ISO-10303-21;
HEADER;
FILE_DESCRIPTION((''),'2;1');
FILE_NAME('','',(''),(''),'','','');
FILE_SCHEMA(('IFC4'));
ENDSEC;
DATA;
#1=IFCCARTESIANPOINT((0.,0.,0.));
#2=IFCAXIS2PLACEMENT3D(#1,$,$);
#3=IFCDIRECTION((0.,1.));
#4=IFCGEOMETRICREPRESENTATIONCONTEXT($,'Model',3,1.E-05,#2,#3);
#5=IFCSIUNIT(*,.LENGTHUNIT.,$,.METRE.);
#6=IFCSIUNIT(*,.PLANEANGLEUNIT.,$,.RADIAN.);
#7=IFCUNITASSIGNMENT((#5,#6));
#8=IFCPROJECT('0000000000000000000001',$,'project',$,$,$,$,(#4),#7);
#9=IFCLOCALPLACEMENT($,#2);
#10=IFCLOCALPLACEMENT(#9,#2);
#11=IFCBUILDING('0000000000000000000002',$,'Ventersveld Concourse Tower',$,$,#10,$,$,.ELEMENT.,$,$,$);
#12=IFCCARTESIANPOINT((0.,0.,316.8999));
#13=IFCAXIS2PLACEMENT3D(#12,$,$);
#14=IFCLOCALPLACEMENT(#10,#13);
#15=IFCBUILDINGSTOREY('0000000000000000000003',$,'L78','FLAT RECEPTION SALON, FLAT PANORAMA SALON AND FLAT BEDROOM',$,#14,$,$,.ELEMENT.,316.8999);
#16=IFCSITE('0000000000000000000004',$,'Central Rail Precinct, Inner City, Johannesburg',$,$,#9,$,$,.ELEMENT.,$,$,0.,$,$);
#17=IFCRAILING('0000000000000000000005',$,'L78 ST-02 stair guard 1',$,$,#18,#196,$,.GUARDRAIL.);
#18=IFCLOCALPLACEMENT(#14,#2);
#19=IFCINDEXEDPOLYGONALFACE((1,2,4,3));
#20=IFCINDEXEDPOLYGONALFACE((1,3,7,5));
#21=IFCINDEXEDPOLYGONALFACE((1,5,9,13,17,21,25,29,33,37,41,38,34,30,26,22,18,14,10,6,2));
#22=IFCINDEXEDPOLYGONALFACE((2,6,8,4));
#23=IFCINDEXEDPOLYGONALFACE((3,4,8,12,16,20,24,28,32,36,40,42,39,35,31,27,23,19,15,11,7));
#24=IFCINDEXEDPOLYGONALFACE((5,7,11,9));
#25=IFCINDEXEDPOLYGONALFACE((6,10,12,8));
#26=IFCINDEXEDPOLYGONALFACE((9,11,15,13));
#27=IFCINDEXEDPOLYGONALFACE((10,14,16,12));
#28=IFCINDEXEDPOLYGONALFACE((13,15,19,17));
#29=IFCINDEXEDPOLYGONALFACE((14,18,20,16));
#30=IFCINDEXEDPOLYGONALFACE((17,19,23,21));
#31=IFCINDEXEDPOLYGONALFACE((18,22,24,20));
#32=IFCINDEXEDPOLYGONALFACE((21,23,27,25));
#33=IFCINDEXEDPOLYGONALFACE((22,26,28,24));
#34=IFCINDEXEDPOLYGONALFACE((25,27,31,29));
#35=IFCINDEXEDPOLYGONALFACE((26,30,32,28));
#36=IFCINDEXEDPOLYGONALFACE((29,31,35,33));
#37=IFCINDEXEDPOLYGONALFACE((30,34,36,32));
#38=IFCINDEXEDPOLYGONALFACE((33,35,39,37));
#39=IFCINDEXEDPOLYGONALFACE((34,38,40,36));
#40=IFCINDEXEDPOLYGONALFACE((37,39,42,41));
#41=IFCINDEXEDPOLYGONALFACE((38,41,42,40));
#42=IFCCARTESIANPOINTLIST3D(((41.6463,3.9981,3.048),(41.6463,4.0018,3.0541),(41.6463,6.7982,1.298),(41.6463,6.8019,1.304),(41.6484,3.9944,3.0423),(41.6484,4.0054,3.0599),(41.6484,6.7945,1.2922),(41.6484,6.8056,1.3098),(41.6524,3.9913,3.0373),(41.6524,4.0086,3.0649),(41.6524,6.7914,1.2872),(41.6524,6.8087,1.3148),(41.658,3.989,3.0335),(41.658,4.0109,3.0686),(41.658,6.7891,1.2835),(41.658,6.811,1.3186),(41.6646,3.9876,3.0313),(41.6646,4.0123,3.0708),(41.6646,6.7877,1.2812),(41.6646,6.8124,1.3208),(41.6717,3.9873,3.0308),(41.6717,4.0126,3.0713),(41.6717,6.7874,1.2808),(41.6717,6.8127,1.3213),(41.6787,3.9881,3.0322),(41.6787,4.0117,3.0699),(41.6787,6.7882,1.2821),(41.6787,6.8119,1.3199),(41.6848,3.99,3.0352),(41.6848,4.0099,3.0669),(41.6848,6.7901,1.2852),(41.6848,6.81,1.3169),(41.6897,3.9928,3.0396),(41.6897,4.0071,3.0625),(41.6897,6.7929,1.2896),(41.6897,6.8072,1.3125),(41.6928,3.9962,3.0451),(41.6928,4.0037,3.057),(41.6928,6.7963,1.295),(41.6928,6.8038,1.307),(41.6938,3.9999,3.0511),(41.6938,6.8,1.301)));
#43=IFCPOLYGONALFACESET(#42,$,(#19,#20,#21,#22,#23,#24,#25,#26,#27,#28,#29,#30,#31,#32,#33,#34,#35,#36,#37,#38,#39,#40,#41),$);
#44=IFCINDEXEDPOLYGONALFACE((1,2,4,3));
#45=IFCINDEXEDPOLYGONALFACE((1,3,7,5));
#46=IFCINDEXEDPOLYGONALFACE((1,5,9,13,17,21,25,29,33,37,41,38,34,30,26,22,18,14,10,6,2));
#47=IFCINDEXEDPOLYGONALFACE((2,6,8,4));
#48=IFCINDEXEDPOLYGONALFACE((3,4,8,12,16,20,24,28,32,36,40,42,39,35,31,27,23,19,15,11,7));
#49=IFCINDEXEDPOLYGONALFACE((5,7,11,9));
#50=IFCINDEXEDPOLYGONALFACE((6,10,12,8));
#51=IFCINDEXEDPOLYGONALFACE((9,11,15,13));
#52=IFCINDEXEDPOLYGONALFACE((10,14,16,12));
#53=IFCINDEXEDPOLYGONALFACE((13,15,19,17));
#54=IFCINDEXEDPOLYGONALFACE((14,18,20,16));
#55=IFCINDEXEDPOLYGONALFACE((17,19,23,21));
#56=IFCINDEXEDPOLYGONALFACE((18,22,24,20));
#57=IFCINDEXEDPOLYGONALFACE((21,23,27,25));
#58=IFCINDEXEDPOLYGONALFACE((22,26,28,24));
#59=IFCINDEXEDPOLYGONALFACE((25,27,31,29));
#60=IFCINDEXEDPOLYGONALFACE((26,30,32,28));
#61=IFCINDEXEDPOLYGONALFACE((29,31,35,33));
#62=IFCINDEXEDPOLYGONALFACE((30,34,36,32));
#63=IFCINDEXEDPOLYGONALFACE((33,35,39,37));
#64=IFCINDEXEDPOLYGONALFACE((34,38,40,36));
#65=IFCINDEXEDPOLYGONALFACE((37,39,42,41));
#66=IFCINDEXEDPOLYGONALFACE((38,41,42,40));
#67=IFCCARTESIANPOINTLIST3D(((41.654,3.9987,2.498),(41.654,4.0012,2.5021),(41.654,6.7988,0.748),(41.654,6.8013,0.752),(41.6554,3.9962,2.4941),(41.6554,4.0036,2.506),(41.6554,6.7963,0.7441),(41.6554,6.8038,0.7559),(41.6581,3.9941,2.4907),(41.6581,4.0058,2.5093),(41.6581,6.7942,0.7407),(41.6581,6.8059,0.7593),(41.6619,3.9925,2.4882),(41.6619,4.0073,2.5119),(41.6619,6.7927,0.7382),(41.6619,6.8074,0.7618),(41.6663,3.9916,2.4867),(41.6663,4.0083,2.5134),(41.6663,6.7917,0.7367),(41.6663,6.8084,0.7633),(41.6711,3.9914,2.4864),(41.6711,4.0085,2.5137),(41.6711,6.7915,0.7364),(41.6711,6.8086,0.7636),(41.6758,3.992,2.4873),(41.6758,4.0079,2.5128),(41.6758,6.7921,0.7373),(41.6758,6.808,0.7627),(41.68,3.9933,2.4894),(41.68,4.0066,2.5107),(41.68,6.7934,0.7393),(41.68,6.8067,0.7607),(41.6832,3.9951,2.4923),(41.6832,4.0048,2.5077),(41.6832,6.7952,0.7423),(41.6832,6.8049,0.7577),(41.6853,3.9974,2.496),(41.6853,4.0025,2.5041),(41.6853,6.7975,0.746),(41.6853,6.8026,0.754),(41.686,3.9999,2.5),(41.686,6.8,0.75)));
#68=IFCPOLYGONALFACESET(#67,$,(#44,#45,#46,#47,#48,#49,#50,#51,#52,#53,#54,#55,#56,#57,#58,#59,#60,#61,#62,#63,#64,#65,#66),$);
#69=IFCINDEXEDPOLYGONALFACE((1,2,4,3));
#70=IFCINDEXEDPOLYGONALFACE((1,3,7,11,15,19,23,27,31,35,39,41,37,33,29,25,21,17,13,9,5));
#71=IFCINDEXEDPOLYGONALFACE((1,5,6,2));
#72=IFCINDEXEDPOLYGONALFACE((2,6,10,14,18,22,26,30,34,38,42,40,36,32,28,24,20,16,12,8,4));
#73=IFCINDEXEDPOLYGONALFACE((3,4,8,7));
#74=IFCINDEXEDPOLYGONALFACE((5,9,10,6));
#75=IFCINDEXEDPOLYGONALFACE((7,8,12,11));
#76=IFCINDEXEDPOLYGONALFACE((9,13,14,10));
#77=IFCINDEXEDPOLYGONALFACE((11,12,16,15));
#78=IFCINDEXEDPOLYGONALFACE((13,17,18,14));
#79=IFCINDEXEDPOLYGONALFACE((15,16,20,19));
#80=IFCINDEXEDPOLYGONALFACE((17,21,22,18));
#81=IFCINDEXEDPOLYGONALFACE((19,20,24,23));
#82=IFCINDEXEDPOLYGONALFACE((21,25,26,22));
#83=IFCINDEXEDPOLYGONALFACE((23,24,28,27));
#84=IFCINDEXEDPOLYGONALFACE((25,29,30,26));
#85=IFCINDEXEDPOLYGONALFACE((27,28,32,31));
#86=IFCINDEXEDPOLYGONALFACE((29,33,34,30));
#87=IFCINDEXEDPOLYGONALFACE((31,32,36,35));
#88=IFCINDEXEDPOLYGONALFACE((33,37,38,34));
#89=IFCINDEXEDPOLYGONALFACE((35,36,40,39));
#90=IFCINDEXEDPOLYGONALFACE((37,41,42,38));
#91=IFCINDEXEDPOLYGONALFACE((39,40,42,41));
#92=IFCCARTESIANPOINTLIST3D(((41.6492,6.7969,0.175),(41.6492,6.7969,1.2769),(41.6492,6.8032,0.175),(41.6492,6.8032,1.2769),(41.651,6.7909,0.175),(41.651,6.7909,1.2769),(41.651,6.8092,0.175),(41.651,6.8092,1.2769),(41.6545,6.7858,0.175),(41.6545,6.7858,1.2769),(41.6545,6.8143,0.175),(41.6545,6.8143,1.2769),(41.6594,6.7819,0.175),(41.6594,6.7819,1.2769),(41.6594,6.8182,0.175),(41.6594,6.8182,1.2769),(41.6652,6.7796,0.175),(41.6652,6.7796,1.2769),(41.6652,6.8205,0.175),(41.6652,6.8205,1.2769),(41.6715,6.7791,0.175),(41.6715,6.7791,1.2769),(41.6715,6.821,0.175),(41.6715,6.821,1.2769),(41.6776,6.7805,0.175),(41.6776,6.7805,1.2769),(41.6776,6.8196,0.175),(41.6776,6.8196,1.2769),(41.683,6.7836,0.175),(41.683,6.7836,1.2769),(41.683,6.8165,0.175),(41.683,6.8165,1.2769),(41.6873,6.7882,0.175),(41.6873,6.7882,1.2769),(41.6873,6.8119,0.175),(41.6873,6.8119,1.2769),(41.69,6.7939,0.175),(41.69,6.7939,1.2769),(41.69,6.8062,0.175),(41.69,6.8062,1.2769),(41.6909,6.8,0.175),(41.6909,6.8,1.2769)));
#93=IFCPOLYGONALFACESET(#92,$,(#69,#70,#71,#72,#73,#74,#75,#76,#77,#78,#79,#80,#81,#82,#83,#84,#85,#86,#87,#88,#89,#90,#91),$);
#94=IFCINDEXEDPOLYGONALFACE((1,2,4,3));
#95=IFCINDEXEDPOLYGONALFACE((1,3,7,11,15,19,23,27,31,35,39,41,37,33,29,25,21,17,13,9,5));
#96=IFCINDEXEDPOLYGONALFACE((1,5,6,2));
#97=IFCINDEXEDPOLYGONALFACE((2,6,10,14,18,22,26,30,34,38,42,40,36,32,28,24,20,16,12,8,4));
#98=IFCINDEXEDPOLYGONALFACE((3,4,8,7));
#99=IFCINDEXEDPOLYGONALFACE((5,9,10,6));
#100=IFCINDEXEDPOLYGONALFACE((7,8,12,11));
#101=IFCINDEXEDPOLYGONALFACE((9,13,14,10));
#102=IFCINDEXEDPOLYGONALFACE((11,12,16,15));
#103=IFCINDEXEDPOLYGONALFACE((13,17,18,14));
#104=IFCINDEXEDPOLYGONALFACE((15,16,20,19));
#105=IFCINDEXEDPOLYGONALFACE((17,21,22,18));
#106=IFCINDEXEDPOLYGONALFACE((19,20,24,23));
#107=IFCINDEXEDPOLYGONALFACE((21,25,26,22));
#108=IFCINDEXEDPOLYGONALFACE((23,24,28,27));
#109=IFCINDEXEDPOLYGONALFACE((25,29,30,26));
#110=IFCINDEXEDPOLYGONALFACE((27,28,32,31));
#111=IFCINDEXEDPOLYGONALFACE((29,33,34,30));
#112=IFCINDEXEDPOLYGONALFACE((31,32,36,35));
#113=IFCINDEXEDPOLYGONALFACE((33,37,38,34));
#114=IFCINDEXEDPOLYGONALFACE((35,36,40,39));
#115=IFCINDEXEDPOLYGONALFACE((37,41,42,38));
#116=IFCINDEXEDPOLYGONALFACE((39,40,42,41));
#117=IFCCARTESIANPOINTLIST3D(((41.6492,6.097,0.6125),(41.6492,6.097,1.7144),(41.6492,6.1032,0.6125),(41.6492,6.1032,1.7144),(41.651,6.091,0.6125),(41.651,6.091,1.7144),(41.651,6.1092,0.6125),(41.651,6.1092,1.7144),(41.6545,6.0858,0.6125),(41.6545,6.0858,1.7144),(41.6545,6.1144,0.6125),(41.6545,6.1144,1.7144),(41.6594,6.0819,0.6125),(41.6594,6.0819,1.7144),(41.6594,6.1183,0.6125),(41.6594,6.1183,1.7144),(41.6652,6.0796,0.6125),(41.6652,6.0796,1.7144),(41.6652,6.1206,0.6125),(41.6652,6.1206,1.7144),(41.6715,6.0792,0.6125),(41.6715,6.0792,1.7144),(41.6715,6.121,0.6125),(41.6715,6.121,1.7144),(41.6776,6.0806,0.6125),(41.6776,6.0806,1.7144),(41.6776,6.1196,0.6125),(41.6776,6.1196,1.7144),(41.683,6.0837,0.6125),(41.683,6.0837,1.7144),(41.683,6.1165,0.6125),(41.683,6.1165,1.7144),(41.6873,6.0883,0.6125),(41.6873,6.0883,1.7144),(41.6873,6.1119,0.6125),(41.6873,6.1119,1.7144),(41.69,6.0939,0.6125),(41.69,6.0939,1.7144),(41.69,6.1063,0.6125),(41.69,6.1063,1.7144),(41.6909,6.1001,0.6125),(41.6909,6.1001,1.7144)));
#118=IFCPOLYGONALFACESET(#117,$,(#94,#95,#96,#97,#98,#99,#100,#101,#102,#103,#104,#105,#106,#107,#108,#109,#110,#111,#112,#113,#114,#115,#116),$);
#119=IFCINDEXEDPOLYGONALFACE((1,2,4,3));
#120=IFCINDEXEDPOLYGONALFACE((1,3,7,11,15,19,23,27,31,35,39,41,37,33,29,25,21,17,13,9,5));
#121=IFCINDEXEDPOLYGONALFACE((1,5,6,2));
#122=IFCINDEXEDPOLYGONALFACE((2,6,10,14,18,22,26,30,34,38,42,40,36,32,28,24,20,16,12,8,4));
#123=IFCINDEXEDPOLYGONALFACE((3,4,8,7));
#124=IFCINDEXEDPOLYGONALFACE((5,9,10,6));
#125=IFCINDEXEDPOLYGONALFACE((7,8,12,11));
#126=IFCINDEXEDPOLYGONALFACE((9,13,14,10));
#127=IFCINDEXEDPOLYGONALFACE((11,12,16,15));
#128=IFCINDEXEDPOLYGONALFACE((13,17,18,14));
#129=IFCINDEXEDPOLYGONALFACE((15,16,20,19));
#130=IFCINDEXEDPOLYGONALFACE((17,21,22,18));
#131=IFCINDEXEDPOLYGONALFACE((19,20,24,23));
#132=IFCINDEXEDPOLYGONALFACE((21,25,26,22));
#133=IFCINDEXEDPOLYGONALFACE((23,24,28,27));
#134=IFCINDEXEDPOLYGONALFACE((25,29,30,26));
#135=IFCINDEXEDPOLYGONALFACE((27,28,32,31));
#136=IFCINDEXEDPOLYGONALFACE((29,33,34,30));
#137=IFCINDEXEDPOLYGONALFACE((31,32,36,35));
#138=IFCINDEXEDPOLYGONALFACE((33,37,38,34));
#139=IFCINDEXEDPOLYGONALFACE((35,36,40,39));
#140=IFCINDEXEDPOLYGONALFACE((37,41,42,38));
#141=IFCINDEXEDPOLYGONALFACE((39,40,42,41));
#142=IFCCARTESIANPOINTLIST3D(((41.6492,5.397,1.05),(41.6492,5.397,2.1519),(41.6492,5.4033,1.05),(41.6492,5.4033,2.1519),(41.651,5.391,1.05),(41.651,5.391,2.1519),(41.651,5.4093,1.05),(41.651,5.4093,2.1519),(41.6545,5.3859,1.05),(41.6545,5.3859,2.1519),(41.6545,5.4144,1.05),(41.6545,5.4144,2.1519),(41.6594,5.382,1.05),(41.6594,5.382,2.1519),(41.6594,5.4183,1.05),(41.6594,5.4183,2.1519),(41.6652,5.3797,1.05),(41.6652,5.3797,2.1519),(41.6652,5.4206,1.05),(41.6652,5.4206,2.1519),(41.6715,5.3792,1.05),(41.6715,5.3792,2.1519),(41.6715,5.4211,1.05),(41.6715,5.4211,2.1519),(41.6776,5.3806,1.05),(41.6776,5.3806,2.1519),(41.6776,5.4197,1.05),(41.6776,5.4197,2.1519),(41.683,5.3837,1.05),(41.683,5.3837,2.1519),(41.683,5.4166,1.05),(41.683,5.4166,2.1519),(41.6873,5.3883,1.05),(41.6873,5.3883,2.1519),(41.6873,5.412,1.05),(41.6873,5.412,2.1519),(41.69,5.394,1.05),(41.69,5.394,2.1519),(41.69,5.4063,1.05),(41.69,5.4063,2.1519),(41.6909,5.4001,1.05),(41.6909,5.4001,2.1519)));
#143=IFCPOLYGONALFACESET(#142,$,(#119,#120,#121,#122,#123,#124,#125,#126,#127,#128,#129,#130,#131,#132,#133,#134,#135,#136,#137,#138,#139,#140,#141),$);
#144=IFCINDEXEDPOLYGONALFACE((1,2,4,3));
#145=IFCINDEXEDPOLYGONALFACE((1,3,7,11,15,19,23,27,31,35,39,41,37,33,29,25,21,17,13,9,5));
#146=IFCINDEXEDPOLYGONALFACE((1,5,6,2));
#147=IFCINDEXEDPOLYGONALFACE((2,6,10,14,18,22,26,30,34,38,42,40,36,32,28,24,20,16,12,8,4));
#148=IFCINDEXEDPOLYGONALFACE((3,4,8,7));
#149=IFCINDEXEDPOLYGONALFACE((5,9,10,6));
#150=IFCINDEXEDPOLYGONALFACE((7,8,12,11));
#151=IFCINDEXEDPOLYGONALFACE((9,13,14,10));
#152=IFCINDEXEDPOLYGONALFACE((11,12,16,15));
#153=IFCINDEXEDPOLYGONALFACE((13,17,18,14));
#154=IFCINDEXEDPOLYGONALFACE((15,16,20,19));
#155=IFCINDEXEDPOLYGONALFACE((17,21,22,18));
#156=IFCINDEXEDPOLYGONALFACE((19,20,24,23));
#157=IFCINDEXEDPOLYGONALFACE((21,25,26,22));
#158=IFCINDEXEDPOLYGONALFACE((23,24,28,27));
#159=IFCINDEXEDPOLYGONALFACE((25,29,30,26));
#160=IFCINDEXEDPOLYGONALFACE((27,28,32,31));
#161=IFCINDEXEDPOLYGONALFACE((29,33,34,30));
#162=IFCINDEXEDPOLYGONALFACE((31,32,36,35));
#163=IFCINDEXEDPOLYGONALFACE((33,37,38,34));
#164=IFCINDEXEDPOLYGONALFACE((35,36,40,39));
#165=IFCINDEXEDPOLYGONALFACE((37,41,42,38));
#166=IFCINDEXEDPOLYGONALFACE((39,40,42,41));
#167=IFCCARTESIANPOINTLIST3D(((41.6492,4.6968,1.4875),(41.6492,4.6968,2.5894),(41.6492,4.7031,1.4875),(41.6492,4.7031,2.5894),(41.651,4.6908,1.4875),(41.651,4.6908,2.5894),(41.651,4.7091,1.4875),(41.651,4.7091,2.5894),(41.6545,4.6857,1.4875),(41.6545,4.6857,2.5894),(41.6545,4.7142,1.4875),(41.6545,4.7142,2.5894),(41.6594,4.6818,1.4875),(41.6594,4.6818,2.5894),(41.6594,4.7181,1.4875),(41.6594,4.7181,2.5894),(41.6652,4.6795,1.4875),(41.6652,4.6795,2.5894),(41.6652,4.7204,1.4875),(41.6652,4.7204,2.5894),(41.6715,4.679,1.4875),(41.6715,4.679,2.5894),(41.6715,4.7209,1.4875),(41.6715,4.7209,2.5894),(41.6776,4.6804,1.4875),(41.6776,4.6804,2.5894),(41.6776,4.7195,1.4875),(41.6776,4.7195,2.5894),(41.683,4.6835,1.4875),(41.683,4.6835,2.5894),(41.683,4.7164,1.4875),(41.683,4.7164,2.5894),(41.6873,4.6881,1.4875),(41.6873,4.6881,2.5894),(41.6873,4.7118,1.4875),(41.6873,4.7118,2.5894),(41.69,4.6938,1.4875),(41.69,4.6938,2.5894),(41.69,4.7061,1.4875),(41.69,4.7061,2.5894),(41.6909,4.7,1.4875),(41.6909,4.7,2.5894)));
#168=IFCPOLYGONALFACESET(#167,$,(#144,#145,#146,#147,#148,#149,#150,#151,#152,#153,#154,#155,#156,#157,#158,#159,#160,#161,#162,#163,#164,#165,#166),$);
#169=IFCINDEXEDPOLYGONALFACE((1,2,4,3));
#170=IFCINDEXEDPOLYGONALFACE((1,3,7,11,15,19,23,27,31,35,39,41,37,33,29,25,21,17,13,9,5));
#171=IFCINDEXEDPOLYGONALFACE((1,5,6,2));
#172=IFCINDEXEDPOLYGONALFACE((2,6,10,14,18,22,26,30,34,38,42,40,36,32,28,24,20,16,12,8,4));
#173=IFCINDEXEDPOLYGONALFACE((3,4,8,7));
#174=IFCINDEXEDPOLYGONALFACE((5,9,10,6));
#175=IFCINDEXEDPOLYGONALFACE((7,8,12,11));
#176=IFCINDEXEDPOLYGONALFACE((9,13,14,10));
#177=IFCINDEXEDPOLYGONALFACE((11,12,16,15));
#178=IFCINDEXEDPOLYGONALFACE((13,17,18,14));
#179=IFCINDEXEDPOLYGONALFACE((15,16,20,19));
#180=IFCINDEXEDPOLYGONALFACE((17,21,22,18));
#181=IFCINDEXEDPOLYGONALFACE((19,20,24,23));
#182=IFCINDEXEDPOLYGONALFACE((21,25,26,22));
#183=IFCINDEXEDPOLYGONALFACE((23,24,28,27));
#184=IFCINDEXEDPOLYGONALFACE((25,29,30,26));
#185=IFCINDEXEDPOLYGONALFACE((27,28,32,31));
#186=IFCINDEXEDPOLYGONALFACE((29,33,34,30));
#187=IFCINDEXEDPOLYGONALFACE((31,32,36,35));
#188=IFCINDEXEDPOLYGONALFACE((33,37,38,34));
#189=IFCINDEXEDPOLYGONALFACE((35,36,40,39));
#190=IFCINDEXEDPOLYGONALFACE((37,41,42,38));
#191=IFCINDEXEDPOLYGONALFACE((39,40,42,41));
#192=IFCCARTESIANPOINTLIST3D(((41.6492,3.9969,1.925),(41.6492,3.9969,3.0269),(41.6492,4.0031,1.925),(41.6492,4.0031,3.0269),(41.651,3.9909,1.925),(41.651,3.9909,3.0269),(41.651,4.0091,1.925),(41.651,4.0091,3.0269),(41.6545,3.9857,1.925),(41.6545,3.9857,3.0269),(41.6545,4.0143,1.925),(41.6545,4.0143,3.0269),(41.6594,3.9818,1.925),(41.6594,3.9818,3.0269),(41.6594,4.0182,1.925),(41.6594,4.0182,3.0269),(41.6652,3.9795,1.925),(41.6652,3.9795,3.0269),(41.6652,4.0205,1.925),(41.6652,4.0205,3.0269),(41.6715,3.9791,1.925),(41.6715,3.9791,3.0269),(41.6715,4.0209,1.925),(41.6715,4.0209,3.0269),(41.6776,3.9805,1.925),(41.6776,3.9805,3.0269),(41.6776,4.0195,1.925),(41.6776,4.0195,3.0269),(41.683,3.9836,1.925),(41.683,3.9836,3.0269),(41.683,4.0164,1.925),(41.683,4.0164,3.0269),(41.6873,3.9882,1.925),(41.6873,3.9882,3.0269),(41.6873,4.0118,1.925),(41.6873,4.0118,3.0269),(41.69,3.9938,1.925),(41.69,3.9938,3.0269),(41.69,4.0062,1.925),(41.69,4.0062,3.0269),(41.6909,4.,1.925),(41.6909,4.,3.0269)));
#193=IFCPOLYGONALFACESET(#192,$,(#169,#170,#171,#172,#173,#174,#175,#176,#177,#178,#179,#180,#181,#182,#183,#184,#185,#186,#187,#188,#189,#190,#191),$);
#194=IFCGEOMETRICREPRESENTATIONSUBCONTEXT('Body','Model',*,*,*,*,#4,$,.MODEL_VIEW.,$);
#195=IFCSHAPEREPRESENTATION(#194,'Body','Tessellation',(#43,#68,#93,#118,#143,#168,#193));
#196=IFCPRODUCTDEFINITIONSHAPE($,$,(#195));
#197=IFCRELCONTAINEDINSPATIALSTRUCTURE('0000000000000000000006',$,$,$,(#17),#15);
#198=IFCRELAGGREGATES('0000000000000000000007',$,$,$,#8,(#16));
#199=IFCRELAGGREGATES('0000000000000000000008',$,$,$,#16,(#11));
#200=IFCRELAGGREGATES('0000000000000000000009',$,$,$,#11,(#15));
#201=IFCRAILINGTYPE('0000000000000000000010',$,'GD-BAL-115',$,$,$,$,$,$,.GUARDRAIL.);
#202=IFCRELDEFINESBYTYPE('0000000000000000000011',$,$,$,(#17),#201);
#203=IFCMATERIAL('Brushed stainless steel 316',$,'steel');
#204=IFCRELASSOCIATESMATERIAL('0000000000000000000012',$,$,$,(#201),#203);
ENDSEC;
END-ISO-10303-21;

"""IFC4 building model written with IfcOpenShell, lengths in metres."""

from ifc_helpers import new_model, si_unit, direction, frame, origin, origin_2d, place, context, subcontext, project, spatial, circle, extrude, material, type_object, element, save


model = new_model("IFC4")

# Units and contexts
model_context = context("Model", 3, precision=1e-05, world=origin(), true_north=direction((0.0, 1.0)))
body_context = subcontext(model_context, "Body", "Model", "MODEL_VIEW")
ifc_project = project(units=[si_unit("LENGTHUNIT", "METRE"), si_unit("PLANEANGLEUNIT", "RADIAN")], contexts=[model_context])

# Site, building, storey
site_placement = place(None, origin())
site = spatial("IfcSite", under=ifc_project, at=site_placement, Name="Central Rail Precinct, Inner City, Johannesburg", CompositionType="ELEMENT", RefElevation=0.0)
building_placement = place(site_placement, origin())
building = spatial("IfcBuilding", under=site, at=building_placement, Name="Ventersveld Concourse Tower", CompositionType="ELEMENT")
storey_placement = place(building_placement, frame((0.0, 0.0, 316.8999)))
storey = spatial("IfcBuildingStorey", under=building, at=storey_placement, Name="L78", Description="FLAT RECEPTION SALON, FLAT PANORAMA SALON AND FLAT BEDROOM", CompositionType="ELEMENT", Elevation=316.8999)

# Shared definitions
ifc_material_1 = material(Name="Brushed stainless steel 316", Category="steel")

# Railing
railing_type_1 = type_object("IfcRailingType", Name="GD-BAL-115", PredefinedType="GUARDRAIL", material=ifc_material_1)
railing_1_placement = place(storey_placement, frame((41.6699, 6.8, 0.175)))
element("IfcRailing", 1, at=railing_1_placement, inside=storey, type_object=railing_type_1, Name="L78 ST-02 stair guard 1", PredefinedType="GUARDRAIL", context=body_context, shape_type="SweptSolid", body=[
    extrude(circle(Radius=0.0239, at=origin_2d()), frame((0.0, 0.0, 1.126), z_axis=(0.0, -0.848002, 0.529992), x_axis=(1.0, 0.0, 0.0)), (0.0, 0.0, 1.0), 3.302),
    extrude(circle(Radius=0.0161, at=origin_2d()), frame((0.0, 0.0, 0.575), z_axis=(0.0, -0.848002, 0.529992), x_axis=(1.0, 0.0, 0.0)), (0.0, 0.0, 1.0), 3.302),
    extrude(circle(Radius=0.021, at=origin_2d()), origin(), (0.0, 0.0, 1.0), 1.1018),
    extrude(circle(Radius=0.021, at=origin_2d()), frame((0.0, -0.7, 0.4375)), (0.0, 0.0, 1.0), 1.1018),
    extrude(circle(Radius=0.021, at=origin_2d()), frame((0.0, -1.3999, 0.875)), (0.0, 0.0, 1.0), 1.1018),
    extrude(circle(Radius=0.021, at=origin_2d()), frame((0.0, -2.1001, 1.3125)), (0.0, 0.0, 1.0), 1.1018),
    extrude(circle(Radius=0.021, at=origin_2d()), frame((0.0, -2.8, 1.75)), (0.0, 0.0, 1.0), 1.1018),
])

save(model, "model.ifc")
